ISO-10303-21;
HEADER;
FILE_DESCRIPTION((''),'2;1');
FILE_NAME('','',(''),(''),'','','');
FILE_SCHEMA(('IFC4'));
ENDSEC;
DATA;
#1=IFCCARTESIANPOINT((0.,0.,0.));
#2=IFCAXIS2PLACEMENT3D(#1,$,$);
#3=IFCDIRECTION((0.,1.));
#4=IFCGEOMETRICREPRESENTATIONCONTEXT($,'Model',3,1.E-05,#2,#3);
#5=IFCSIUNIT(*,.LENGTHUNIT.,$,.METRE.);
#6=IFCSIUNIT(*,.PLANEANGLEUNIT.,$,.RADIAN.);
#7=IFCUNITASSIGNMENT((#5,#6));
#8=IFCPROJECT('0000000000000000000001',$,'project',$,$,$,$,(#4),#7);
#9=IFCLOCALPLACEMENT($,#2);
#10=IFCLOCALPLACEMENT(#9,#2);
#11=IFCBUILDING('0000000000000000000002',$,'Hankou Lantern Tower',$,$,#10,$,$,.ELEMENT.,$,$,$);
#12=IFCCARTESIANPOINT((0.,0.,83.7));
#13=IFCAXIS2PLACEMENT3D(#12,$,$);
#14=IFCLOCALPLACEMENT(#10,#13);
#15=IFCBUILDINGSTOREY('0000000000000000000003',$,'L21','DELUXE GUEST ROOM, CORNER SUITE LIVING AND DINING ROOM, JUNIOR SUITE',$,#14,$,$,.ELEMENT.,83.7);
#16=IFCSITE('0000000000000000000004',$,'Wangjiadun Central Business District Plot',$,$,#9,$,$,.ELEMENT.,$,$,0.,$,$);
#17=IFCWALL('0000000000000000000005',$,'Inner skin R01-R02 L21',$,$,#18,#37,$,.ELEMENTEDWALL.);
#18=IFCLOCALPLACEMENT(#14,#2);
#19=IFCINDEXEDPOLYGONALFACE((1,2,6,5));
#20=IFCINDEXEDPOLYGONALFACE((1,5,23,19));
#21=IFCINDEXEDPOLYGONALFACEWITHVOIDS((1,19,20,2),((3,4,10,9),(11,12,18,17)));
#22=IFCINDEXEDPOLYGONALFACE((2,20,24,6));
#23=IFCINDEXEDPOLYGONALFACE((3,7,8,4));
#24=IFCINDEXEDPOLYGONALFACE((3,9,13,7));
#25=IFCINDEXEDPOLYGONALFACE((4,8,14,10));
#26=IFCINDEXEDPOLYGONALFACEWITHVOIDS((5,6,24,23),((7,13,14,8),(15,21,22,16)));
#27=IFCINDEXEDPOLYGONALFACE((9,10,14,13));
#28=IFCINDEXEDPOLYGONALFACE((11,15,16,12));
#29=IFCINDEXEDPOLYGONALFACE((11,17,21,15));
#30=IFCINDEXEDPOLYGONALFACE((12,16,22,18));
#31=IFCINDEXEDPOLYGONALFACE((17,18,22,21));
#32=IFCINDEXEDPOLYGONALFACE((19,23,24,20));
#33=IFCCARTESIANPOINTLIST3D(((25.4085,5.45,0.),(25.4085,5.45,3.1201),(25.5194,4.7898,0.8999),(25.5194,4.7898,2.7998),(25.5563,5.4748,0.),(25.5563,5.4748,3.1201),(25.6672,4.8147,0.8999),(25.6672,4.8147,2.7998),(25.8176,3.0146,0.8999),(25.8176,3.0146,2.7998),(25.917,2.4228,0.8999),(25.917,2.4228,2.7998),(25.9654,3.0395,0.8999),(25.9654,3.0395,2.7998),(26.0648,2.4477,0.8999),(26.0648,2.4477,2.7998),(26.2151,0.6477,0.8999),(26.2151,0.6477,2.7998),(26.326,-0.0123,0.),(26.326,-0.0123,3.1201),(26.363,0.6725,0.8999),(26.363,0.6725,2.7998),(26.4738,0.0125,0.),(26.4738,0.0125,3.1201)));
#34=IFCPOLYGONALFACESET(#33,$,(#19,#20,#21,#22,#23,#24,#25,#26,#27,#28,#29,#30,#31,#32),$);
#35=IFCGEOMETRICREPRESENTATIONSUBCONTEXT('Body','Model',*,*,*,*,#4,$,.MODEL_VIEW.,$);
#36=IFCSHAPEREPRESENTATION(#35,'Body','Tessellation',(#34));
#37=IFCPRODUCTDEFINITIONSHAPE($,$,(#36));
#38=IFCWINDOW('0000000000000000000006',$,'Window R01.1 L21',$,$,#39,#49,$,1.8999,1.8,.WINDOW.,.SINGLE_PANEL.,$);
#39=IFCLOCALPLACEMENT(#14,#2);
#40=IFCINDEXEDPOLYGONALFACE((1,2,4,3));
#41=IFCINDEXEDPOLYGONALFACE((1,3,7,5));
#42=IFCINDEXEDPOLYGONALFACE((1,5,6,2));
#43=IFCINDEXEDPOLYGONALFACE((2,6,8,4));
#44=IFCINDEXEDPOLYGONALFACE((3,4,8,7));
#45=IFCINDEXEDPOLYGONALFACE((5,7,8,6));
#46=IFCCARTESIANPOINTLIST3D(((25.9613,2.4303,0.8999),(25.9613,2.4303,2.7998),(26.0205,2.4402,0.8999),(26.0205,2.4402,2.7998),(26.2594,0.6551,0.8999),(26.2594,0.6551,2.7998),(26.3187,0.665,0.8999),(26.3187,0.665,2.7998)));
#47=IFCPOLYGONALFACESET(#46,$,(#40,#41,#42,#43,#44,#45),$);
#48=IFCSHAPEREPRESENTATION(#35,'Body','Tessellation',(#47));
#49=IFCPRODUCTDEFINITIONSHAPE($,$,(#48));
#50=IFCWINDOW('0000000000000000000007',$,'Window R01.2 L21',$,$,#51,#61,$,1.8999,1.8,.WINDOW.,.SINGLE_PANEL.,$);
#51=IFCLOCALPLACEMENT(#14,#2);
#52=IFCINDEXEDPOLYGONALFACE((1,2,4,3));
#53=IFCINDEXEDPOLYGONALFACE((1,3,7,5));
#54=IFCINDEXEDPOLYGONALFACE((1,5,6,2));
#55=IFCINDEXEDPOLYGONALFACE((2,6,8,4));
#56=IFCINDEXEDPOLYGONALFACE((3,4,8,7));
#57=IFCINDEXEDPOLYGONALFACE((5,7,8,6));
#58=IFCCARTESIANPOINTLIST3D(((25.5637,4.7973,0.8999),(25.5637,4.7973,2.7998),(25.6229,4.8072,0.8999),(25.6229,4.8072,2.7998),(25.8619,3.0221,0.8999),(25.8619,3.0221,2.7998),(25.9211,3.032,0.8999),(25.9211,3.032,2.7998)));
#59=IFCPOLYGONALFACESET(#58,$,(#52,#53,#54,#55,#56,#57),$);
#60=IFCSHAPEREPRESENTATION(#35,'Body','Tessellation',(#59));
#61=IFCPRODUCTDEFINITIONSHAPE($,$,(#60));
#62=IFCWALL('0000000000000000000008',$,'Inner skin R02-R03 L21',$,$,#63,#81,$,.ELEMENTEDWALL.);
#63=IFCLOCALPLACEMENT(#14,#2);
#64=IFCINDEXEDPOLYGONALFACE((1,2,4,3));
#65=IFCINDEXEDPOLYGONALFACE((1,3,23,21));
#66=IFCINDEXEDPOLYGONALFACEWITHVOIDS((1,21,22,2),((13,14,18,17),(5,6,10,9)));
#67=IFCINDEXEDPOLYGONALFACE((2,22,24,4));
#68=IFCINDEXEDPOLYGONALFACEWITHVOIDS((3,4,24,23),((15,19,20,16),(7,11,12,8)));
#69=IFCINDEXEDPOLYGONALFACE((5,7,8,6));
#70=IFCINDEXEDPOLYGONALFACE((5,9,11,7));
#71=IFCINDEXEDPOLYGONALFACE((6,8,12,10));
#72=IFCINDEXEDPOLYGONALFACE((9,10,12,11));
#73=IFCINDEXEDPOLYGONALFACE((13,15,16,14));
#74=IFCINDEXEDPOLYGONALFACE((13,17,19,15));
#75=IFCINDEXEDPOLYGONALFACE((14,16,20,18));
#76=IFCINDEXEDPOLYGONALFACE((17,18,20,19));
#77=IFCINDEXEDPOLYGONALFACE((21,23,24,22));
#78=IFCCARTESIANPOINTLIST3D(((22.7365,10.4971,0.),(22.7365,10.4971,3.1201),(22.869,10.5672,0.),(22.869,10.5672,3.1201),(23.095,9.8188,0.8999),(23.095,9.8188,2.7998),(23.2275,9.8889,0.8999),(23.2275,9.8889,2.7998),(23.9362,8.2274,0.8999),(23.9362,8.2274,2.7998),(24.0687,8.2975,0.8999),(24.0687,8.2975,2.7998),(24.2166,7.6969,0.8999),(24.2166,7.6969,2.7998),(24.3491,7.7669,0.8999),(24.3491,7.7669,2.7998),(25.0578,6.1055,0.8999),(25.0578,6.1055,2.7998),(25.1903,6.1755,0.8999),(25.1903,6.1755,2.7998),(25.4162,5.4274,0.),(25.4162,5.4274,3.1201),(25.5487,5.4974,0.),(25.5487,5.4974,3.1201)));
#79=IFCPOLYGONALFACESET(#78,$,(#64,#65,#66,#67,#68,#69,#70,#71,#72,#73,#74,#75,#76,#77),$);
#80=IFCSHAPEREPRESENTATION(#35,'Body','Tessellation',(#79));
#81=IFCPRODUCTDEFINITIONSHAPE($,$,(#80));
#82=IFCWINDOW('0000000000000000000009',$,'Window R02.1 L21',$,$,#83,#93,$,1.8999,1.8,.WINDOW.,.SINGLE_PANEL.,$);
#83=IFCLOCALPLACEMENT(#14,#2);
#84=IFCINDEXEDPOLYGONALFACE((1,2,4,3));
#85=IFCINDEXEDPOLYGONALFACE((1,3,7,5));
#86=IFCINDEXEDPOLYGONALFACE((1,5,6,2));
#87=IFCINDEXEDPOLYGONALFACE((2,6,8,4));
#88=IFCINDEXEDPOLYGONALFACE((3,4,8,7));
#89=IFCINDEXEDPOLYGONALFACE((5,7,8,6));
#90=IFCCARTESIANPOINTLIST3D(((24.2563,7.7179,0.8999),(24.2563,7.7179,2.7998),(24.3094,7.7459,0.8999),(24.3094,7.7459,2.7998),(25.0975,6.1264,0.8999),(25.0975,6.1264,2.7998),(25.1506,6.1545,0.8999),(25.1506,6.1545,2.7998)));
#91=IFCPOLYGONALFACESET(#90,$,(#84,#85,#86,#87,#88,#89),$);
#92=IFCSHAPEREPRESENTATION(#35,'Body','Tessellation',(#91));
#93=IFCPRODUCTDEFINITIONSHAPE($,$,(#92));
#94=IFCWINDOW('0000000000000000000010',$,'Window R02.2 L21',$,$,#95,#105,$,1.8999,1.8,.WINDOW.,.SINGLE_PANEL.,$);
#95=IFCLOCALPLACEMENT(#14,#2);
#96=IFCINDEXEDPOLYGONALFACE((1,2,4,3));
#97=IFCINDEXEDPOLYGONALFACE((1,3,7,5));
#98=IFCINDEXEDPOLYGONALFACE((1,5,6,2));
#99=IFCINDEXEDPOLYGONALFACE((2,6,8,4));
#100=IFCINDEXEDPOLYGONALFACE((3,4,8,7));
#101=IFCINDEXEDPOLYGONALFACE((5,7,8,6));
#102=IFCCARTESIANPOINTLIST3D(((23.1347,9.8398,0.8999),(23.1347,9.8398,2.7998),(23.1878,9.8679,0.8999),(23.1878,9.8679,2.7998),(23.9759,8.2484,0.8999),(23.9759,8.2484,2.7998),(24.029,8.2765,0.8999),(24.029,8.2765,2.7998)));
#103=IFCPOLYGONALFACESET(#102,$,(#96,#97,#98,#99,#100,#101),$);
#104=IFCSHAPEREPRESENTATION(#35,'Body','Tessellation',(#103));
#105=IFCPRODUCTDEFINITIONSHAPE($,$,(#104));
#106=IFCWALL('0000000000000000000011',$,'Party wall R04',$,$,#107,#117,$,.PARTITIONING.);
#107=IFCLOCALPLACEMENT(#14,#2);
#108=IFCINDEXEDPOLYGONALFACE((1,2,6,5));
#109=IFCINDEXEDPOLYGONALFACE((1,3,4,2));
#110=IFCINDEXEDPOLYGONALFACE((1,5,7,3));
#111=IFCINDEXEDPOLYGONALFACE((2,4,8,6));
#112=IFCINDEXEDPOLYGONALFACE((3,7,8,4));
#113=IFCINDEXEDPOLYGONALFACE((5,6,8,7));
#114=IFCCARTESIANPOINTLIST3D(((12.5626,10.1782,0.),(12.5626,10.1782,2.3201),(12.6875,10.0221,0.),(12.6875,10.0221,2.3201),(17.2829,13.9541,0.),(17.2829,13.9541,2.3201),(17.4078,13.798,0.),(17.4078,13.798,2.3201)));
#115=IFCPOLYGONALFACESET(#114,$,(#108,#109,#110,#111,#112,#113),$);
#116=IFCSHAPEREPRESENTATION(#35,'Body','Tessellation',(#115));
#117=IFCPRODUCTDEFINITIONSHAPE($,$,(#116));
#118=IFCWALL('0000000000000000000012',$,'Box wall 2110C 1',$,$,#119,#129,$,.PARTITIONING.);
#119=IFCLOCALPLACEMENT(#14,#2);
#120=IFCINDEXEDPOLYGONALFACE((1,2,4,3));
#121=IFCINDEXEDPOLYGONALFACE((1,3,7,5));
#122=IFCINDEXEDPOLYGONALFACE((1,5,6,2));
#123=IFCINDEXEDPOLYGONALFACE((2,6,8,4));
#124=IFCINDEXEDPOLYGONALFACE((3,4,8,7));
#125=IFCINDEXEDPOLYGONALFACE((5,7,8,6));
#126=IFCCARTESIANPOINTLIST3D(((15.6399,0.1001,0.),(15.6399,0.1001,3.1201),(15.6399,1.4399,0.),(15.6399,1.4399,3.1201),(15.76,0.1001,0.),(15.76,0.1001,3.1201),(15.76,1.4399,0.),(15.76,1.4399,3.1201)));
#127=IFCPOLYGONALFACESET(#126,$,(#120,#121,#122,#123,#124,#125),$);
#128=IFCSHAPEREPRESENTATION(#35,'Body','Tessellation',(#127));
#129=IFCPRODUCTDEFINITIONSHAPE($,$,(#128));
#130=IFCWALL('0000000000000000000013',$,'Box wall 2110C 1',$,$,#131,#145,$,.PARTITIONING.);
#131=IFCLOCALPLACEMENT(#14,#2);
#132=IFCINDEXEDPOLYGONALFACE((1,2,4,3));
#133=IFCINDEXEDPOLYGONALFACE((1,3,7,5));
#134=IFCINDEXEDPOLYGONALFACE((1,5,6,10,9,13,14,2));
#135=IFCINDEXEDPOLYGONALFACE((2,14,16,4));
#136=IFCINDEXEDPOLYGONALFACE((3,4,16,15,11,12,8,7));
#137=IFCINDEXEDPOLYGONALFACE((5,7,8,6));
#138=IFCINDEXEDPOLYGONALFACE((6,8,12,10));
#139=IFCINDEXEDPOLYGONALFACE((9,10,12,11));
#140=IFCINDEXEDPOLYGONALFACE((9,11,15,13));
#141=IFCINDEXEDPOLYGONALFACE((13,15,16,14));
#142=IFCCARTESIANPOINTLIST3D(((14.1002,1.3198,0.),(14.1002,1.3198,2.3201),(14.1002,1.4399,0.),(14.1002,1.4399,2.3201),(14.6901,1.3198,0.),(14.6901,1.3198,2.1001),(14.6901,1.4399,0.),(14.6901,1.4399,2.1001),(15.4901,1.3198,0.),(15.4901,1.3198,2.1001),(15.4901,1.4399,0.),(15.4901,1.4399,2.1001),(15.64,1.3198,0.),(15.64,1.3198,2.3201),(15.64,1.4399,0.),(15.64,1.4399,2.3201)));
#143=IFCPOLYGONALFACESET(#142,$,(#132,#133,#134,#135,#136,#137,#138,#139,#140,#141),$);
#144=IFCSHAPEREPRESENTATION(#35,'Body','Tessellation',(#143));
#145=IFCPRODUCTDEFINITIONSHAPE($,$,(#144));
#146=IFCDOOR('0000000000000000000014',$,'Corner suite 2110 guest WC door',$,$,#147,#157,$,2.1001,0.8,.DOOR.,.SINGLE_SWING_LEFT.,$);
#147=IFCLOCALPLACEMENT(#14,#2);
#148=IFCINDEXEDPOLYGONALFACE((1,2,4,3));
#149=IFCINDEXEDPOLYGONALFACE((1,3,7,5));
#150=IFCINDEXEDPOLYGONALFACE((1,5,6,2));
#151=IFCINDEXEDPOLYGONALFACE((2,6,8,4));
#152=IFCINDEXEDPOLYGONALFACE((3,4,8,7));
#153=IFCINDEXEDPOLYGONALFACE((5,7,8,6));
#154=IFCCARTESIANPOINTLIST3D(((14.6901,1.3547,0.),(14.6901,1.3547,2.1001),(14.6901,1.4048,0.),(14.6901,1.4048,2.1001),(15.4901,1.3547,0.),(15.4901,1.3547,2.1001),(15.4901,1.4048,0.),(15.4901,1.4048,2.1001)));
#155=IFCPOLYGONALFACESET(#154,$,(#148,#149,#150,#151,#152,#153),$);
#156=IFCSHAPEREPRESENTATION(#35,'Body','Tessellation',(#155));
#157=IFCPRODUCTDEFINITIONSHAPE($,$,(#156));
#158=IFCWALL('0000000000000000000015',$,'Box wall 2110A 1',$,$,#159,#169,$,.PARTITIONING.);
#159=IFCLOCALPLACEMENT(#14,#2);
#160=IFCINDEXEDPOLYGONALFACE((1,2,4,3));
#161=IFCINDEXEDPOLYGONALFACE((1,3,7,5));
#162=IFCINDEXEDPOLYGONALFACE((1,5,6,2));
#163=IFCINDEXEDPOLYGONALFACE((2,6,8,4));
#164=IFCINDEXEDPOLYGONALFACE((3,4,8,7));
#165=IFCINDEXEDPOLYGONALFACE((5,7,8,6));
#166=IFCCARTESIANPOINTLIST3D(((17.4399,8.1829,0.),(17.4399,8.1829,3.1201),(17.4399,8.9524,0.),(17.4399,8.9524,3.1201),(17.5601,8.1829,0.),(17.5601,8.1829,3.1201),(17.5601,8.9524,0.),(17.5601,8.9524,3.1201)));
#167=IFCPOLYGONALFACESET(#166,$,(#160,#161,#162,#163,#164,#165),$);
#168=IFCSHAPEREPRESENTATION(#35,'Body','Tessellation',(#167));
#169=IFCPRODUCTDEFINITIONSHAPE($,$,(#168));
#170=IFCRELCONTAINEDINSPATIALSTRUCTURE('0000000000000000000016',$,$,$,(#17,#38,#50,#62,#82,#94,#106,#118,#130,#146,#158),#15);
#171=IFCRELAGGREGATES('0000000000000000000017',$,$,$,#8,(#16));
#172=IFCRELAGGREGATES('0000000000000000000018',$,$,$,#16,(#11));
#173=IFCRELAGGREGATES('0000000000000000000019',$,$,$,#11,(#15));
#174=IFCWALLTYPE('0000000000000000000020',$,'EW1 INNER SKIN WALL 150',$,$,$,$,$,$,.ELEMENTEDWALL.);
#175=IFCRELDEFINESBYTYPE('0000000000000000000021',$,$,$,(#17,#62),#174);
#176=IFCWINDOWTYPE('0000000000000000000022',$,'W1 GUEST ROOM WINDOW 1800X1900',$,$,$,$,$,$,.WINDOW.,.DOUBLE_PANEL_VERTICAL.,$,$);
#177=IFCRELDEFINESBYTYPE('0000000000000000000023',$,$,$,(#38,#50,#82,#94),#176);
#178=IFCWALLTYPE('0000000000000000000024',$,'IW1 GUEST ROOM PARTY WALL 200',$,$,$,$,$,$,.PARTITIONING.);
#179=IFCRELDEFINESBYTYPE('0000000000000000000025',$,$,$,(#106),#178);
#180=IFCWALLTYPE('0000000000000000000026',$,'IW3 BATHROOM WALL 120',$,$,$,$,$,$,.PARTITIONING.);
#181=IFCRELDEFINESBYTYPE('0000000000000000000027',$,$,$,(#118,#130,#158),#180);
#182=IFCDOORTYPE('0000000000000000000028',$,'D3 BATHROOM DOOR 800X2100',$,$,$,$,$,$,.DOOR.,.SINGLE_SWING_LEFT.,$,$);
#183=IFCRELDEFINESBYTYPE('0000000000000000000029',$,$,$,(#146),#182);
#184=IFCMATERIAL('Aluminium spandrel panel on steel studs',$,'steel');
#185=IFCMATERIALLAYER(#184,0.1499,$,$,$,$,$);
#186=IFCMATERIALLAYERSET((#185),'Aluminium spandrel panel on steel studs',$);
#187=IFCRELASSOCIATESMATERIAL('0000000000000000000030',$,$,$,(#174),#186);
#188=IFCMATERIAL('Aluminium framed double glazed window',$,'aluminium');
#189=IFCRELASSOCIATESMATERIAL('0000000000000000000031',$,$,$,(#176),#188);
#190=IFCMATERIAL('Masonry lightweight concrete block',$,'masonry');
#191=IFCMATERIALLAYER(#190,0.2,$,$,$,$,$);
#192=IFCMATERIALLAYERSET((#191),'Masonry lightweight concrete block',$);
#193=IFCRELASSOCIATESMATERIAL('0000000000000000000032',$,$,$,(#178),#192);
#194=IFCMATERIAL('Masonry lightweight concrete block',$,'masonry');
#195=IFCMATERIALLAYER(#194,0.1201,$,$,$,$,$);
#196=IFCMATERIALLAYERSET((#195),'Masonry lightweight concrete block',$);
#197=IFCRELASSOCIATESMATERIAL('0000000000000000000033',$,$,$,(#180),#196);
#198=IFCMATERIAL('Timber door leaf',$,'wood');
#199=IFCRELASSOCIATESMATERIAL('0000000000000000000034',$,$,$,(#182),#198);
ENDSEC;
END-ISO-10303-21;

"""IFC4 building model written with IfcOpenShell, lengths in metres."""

from ifc_helpers import new_model, si_unit, direction, frame, frame_2d, origin, place, context, subcontext, project, spatial, rectangle, extrude, material, layer, layer_set, type_object, element, fill, save


model = new_model("IFC4")

# Units and contexts
model_context = context("Model", 3, precision=1e-05, world=origin(), true_north=direction((0.0, 1.0)))
body_context = subcontext(model_context, "Body", "Model", "MODEL_VIEW")
ifc_project = project(units=[si_unit("LENGTHUNIT", "METRE"), si_unit("PLANEANGLEUNIT", "RADIAN")], contexts=[model_context])

# Site, building, storey
site_placement = place(None, origin())
site = spatial("IfcSite", under=ifc_project, at=site_placement, Name="Wangjiadun Central Business District Plot", CompositionType="ELEMENT", RefElevation=0.0)
building_placement = place(site_placement, origin())
building = spatial("IfcBuilding", under=site, at=building_placement, Name="Hankou Lantern Tower", CompositionType="ELEMENT")
storey_placement = place(building_placement, frame((0.0, 0.0, 83.7)))
storey = spatial("IfcBuildingStorey", under=building, at=storey_placement, Name="L21", Description="DELUXE GUEST ROOM, CORNER SUITE LIVING AND DINING ROOM, JUNIOR SUITE", CompositionType="ELEMENT", Elevation=83.7)

# Walls, openings, windows
ifc_material_1 = material(Name="Aluminium spandrel panel on steel studs", Category="steel")
ifc_layer_1 = layer(ifc_material_1, 0.1499)
ifc_layer_set_1 = layer_set([ifc_layer_1], Name="Aluminium spandrel panel on steel studs")
wall_type_1 = type_object("IfcWallType", Name="EW1 INNER SKIN WALL 150", PredefinedType="ELEMENTEDWALL", material=ifc_layer_set_1)
wall_1_placement = place(storey_placement, frame((26.3999, 0.0, 0.0), z_axis=(0.0, 0.0, 1.0), x_axis=(-0.165643, 0.986186, 0.0)))
wall_1 = element("IfcWall", 1, at=wall_1_placement, inside=storey, type_object=wall_type_1, Name="Inner skin R01-R02 L21", PredefinedType="ELEMENTEDWALL", context=body_context, shape_type="SweptSolid", body=[
    extrude(rectangle(XDim=5.5388, YDim=0.1499, at=frame_2d((2.7695, 0.0))), origin(), (0.0, 0.0, 1.0), 3.1201),
])
opening_1_placement = place(wall_1_placement, frame((0.6694, 0.0, 0.8999)))
opening_1 = element("IfcOpeningElement", 2, at=opening_1_placement, cuts=wall_1, PredefinedType="OPENING", context=body_context, shape_type="SweptSolid", body=[
    extrude(rectangle(XDim=1.8, YDim=1.8999, at=frame_2d((0.8999, 0.95))), frame((0.0, 0.085, 0.0), z_axis=(0.0, -1.0, 0.0), x_axis=(1.0, 0.0, 0.0)), (0.0, 0.0, 1.0), 0.1699),
])
opening_2_placement = place(wall_1_placement, frame((3.0696, 0.0, 0.8999)))
opening_2 = element("IfcOpeningElement", 3, at=opening_2_placement, cuts=wall_1, PredefinedType="OPENING", context=body_context, shape_type="SweptSolid", body=[
    extrude(rectangle(XDim=1.8, YDim=1.8999, at=frame_2d((0.8999, 0.95))), frame((0.0, 0.085, 0.0), z_axis=(0.0, -1.0, 0.0), x_axis=(1.0, 0.0, 0.0)), (0.0, 0.0, 1.0), 0.1699),
])
ifc_material_2 = material(Name="Aluminium framed double glazed window", Category="aluminium")
window_type = type_object("IfcWindowType", Name="W1 GUEST ROOM WINDOW 1800X1900", PartitioningType="DOUBLE_PANEL_VERTICAL", PredefinedType="WINDOW", material=ifc_material_2)
window_1_placement = place(opening_1_placement, origin())
window_1 = element("IfcWindow", 4, at=window_1_placement, inside=storey, type_object=window_type, Name="Window R01.1 L21", OverallHeight=1.8999, OverallWidth=1.8, PartitioningType="SINGLE_PANEL", PredefinedType="WINDOW", context=body_context, shape_type="SweptSolid", body=[
    extrude(rectangle(XDim=1.8, YDim=1.8999, at=frame_2d((0.8999, 0.95))), frame((0.0, 0.03, 0.0), z_axis=(0.0, -1.0, 0.0), x_axis=(1.0, 0.0, 0.0)), (0.0, 0.0, 1.0), 0.0601),
])
fill(opening_1, window_1)
window_2_placement = place(opening_2_placement, origin())
window_2 = element("IfcWindow", 5, at=window_2_placement, inside=storey, type_object=window_type, Name="Window R01.2 L21", OverallHeight=1.8999, OverallWidth=1.8, PartitioningType="SINGLE_PANEL", PredefinedType="WINDOW", context=body_context, shape_type="SweptSolid", body=[
    extrude(rectangle(XDim=1.8, YDim=1.8999, at=frame_2d((0.8999, 0.95))), frame((0.0, 0.03, 0.0), z_axis=(0.0, -1.0, 0.0), x_axis=(1.0, 0.0, 0.0)), (0.0, 0.0, 1.0), 0.0601),
])
fill(opening_2, window_2)
wall_2_placement = place(storey_placement, frame((25.4824, 5.4624, 0.0), z_axis=(0.0, 0.0, 1.0), x_axis=(-0.467297, 0.8841, 0.0)))
wall_2 = element("IfcWall", 6, at=wall_2_placement, inside=storey, type_object=wall_type_1, Name="Inner skin R02-R03 L21", PredefinedType="ELEMENTEDWALL", context=body_context, shape_type="SweptSolid", body=[
    extrude(rectangle(XDim=5.7344, YDim=0.1499, at=frame_2d((2.8672, 0.0))), origin(), (0.0, 0.0, 1.0), 3.1201),
])
opening_3_placement = place(wall_2_placement, frame((0.7671, 0.0, 0.8999)))
opening_3 = element("IfcOpeningElement", 7, at=opening_3_placement, cuts=wall_2, PredefinedType="OPENING", context=body_context, shape_type="SweptSolid", body=[
    extrude(rectangle(XDim=1.8, YDim=1.8999, at=frame_2d((0.8999, 0.95))), frame((0.0, 0.085, 0.0), z_axis=(0.0, -1.0, 0.0), x_axis=(1.0, 0.0, 0.0)), (0.0, 0.0, 1.0), 0.1699),
])
opening_4_placement = place(wall_2_placement, frame((3.1672, 0.0, 0.8999)))
opening_4 = element("IfcOpeningElement", 8, at=opening_4_placement, cuts=wall_2, PredefinedType="OPENING", context=body_context, shape_type="SweptSolid", body=[
    extrude(rectangle(XDim=1.8, YDim=1.8999, at=frame_2d((0.8999, 0.95))), frame((0.0, 0.085, 0.0), z_axis=(0.0, -1.0, 0.0), x_axis=(1.0, 0.0, 0.0)), (0.0, 0.0, 1.0), 0.1699),
])
window_3_placement = place(opening_3_placement, origin())
window_3 = element("IfcWindow", 9, at=window_3_placement, inside=storey, type_object=window_type, Name="Window R02.1 L21", OverallHeight=1.8999, OverallWidth=1.8, PartitioningType="SINGLE_PANEL", PredefinedType="WINDOW", context=body_context, shape_type="SweptSolid", body=[
    extrude(rectangle(XDim=1.8, YDim=1.8999, at=frame_2d((0.8999, 0.95))), frame((0.0, 0.03, 0.0), z_axis=(0.0, -1.0, 0.0), x_axis=(1.0, 0.0, 0.0)), (0.0, 0.0, 1.0), 0.0601),
])
fill(opening_3, window_3)
window_4_placement = place(opening_4_placement, origin())
window_4 = element("IfcWindow", 10, at=window_4_placement, inside=storey, type_object=window_type, Name="Window R02.2 L21", OverallHeight=1.8999, OverallWidth=1.8, PartitioningType="SINGLE_PANEL", PredefinedType="WINDOW", context=body_context, shape_type="SweptSolid", body=[
    extrude(rectangle(XDim=1.8, YDim=1.8999, at=frame_2d((0.8999, 0.95))), frame((0.0, 0.03, 0.0), z_axis=(0.0, -1.0, 0.0), x_axis=(1.0, 0.0, 0.0)), (0.0, 0.0, 1.0), 0.0601),
])
fill(opening_4, window_4)

# Walls
ifc_material_3 = material(Name="Masonry lightweight concrete block", Category="masonry")
ifc_layer_2 = layer(ifc_material_3, 0.2)
ifc_layer_set_2 = layer_set([ifc_layer_2], Name="Masonry lightweight concrete block")
wall_type_2 = type_object("IfcWallType", Name="IW1 GUEST ROOM PARTY WALL 200", PredefinedType="PARTITIONING", material=ifc_layer_set_2)
wall_3_placement = place(storey_placement, frame((12.625, 10.1001, 0.0), z_axis=(0.0, 0.0, 1.0), x_axis=(0.780892, 0.624665, 0.0)))
element("IfcWall", 11, at=wall_3_placement, inside=storey, type_object=wall_type_2, Name="Party wall R04", PredefinedType="PARTITIONING", context=body_context, shape_type="SweptSolid", body=[
    extrude(rectangle(XDim=6.0447, YDim=0.2, at=frame_2d((3.0225, 0.0))), origin(), (0.0, 0.0, 1.0), 2.3201),
])
ifc_material_4 = material(Name="Masonry lightweight concrete block", Category="masonry")
ifc_layer_3 = layer(ifc_material_4, 0.1201)
ifc_layer_set_3 = layer_set([ifc_layer_3], Name="Masonry lightweight concrete block")
wall_type_3 = type_object("IfcWallType", Name="IW3 BATHROOM WALL 120", PredefinedType="PARTITIONING", material=ifc_layer_set_3)
wall_4_placement = place(storey_placement, frame((15.7, 0.1001, 0.0), z_axis=(0.0, 0.0, 1.0), x_axis=(0.0, 1.0, 0.0)))
element("IfcWall", 12, at=wall_4_placement, inside=storey, type_object=wall_type_3, Name="Box wall 2110C 1", PredefinedType="PARTITIONING", context=body_context, shape_type="SweptSolid", body=[
    extrude(rectangle(XDim=1.3398, YDim=0.1201, at=frame_2d((0.6699, 0.0))), origin(), (0.0, 0.0, 1.0), 3.1201),
])

# Wall, opening, door
wall_5_placement = place(storey_placement, frame((14.1001, 1.3799, 0.0), z_axis=(0.0, 0.0, 1.0), x_axis=(1.0, 0.0, 0.0)))
wall_5 = element("IfcWall", 13, at=wall_5_placement, inside=storey, type_object=wall_type_3, Name="Box wall 2110C 1", PredefinedType="PARTITIONING", context=body_context, shape_type="SweptSolid", body=[
    extrude(rectangle(XDim=1.5398, YDim=0.1201, at=frame_2d((0.77, 0.0))), origin(), (0.0, 0.0, 1.0), 2.3201),
])
opening_5_placement = place(wall_5_placement, frame((0.5901, 0.0, 0.0)))
opening_5 = element("IfcOpeningElement", 14, at=opening_5_placement, cuts=wall_5, PredefinedType="OPENING", context=body_context, shape_type="SweptSolid", body=[
    extrude(rectangle(XDim=0.8, YDim=2.1001, at=frame_2d((0.3999, 1.05))), frame((0.0, 0.0701, 0.0), z_axis=(0.0, -1.0, 0.0), x_axis=(1.0, 0.0, 0.0)), (0.0, 0.0, 1.0), 0.1401),
])
ifc_material_5 = material(Name="Timber door leaf", Category="wood")
door_type_1 = type_object("IfcDoorType", Name="D3 BATHROOM DOOR 800X2100", OperationType="SINGLE_SWING_LEFT", PredefinedType="DOOR", material=ifc_material_5)
door_1_placement = place(opening_5_placement, origin())
door_1 = element("IfcDoor", 15, at=door_1_placement, inside=storey, type_object=door_type_1, Name="Corner suite 2110 guest WC door", OperationType="SINGLE_SWING_LEFT", OverallHeight=2.1001, OverallWidth=0.8, PredefinedType="DOOR", context=body_context, shape_type="SweptSolid", body=[
    extrude(rectangle(XDim=0.8, YDim=2.1001, at=frame_2d((0.3999, 1.05))), frame((0.0, 0.0249, 0.0), z_axis=(0.0, -1.0, 0.0), x_axis=(1.0, 0.0, 0.0)), (0.0, 0.0, 1.0), 0.05),
])
fill(opening_5, door_1)

# Wall
wall_6_placement = place(storey_placement, frame((17.5, 8.1829, 0.0), z_axis=(0.0, 0.0, 1.0), x_axis=(0.0, 1.0, 0.0)))
element("IfcWall", 16, at=wall_6_placement, inside=storey, type_object=wall_type_3, Name="Box wall 2110A 1", PredefinedType="PARTITIONING", context=body_context, shape_type="SweptSolid", body=[
    extrude(rectangle(XDim=0.7695, YDim=0.1201, at=frame_2d((0.3848, 0.0))), origin(), (0.0, 0.0, 1.0), 3.1201),
])

save(model, "model.ifc")
